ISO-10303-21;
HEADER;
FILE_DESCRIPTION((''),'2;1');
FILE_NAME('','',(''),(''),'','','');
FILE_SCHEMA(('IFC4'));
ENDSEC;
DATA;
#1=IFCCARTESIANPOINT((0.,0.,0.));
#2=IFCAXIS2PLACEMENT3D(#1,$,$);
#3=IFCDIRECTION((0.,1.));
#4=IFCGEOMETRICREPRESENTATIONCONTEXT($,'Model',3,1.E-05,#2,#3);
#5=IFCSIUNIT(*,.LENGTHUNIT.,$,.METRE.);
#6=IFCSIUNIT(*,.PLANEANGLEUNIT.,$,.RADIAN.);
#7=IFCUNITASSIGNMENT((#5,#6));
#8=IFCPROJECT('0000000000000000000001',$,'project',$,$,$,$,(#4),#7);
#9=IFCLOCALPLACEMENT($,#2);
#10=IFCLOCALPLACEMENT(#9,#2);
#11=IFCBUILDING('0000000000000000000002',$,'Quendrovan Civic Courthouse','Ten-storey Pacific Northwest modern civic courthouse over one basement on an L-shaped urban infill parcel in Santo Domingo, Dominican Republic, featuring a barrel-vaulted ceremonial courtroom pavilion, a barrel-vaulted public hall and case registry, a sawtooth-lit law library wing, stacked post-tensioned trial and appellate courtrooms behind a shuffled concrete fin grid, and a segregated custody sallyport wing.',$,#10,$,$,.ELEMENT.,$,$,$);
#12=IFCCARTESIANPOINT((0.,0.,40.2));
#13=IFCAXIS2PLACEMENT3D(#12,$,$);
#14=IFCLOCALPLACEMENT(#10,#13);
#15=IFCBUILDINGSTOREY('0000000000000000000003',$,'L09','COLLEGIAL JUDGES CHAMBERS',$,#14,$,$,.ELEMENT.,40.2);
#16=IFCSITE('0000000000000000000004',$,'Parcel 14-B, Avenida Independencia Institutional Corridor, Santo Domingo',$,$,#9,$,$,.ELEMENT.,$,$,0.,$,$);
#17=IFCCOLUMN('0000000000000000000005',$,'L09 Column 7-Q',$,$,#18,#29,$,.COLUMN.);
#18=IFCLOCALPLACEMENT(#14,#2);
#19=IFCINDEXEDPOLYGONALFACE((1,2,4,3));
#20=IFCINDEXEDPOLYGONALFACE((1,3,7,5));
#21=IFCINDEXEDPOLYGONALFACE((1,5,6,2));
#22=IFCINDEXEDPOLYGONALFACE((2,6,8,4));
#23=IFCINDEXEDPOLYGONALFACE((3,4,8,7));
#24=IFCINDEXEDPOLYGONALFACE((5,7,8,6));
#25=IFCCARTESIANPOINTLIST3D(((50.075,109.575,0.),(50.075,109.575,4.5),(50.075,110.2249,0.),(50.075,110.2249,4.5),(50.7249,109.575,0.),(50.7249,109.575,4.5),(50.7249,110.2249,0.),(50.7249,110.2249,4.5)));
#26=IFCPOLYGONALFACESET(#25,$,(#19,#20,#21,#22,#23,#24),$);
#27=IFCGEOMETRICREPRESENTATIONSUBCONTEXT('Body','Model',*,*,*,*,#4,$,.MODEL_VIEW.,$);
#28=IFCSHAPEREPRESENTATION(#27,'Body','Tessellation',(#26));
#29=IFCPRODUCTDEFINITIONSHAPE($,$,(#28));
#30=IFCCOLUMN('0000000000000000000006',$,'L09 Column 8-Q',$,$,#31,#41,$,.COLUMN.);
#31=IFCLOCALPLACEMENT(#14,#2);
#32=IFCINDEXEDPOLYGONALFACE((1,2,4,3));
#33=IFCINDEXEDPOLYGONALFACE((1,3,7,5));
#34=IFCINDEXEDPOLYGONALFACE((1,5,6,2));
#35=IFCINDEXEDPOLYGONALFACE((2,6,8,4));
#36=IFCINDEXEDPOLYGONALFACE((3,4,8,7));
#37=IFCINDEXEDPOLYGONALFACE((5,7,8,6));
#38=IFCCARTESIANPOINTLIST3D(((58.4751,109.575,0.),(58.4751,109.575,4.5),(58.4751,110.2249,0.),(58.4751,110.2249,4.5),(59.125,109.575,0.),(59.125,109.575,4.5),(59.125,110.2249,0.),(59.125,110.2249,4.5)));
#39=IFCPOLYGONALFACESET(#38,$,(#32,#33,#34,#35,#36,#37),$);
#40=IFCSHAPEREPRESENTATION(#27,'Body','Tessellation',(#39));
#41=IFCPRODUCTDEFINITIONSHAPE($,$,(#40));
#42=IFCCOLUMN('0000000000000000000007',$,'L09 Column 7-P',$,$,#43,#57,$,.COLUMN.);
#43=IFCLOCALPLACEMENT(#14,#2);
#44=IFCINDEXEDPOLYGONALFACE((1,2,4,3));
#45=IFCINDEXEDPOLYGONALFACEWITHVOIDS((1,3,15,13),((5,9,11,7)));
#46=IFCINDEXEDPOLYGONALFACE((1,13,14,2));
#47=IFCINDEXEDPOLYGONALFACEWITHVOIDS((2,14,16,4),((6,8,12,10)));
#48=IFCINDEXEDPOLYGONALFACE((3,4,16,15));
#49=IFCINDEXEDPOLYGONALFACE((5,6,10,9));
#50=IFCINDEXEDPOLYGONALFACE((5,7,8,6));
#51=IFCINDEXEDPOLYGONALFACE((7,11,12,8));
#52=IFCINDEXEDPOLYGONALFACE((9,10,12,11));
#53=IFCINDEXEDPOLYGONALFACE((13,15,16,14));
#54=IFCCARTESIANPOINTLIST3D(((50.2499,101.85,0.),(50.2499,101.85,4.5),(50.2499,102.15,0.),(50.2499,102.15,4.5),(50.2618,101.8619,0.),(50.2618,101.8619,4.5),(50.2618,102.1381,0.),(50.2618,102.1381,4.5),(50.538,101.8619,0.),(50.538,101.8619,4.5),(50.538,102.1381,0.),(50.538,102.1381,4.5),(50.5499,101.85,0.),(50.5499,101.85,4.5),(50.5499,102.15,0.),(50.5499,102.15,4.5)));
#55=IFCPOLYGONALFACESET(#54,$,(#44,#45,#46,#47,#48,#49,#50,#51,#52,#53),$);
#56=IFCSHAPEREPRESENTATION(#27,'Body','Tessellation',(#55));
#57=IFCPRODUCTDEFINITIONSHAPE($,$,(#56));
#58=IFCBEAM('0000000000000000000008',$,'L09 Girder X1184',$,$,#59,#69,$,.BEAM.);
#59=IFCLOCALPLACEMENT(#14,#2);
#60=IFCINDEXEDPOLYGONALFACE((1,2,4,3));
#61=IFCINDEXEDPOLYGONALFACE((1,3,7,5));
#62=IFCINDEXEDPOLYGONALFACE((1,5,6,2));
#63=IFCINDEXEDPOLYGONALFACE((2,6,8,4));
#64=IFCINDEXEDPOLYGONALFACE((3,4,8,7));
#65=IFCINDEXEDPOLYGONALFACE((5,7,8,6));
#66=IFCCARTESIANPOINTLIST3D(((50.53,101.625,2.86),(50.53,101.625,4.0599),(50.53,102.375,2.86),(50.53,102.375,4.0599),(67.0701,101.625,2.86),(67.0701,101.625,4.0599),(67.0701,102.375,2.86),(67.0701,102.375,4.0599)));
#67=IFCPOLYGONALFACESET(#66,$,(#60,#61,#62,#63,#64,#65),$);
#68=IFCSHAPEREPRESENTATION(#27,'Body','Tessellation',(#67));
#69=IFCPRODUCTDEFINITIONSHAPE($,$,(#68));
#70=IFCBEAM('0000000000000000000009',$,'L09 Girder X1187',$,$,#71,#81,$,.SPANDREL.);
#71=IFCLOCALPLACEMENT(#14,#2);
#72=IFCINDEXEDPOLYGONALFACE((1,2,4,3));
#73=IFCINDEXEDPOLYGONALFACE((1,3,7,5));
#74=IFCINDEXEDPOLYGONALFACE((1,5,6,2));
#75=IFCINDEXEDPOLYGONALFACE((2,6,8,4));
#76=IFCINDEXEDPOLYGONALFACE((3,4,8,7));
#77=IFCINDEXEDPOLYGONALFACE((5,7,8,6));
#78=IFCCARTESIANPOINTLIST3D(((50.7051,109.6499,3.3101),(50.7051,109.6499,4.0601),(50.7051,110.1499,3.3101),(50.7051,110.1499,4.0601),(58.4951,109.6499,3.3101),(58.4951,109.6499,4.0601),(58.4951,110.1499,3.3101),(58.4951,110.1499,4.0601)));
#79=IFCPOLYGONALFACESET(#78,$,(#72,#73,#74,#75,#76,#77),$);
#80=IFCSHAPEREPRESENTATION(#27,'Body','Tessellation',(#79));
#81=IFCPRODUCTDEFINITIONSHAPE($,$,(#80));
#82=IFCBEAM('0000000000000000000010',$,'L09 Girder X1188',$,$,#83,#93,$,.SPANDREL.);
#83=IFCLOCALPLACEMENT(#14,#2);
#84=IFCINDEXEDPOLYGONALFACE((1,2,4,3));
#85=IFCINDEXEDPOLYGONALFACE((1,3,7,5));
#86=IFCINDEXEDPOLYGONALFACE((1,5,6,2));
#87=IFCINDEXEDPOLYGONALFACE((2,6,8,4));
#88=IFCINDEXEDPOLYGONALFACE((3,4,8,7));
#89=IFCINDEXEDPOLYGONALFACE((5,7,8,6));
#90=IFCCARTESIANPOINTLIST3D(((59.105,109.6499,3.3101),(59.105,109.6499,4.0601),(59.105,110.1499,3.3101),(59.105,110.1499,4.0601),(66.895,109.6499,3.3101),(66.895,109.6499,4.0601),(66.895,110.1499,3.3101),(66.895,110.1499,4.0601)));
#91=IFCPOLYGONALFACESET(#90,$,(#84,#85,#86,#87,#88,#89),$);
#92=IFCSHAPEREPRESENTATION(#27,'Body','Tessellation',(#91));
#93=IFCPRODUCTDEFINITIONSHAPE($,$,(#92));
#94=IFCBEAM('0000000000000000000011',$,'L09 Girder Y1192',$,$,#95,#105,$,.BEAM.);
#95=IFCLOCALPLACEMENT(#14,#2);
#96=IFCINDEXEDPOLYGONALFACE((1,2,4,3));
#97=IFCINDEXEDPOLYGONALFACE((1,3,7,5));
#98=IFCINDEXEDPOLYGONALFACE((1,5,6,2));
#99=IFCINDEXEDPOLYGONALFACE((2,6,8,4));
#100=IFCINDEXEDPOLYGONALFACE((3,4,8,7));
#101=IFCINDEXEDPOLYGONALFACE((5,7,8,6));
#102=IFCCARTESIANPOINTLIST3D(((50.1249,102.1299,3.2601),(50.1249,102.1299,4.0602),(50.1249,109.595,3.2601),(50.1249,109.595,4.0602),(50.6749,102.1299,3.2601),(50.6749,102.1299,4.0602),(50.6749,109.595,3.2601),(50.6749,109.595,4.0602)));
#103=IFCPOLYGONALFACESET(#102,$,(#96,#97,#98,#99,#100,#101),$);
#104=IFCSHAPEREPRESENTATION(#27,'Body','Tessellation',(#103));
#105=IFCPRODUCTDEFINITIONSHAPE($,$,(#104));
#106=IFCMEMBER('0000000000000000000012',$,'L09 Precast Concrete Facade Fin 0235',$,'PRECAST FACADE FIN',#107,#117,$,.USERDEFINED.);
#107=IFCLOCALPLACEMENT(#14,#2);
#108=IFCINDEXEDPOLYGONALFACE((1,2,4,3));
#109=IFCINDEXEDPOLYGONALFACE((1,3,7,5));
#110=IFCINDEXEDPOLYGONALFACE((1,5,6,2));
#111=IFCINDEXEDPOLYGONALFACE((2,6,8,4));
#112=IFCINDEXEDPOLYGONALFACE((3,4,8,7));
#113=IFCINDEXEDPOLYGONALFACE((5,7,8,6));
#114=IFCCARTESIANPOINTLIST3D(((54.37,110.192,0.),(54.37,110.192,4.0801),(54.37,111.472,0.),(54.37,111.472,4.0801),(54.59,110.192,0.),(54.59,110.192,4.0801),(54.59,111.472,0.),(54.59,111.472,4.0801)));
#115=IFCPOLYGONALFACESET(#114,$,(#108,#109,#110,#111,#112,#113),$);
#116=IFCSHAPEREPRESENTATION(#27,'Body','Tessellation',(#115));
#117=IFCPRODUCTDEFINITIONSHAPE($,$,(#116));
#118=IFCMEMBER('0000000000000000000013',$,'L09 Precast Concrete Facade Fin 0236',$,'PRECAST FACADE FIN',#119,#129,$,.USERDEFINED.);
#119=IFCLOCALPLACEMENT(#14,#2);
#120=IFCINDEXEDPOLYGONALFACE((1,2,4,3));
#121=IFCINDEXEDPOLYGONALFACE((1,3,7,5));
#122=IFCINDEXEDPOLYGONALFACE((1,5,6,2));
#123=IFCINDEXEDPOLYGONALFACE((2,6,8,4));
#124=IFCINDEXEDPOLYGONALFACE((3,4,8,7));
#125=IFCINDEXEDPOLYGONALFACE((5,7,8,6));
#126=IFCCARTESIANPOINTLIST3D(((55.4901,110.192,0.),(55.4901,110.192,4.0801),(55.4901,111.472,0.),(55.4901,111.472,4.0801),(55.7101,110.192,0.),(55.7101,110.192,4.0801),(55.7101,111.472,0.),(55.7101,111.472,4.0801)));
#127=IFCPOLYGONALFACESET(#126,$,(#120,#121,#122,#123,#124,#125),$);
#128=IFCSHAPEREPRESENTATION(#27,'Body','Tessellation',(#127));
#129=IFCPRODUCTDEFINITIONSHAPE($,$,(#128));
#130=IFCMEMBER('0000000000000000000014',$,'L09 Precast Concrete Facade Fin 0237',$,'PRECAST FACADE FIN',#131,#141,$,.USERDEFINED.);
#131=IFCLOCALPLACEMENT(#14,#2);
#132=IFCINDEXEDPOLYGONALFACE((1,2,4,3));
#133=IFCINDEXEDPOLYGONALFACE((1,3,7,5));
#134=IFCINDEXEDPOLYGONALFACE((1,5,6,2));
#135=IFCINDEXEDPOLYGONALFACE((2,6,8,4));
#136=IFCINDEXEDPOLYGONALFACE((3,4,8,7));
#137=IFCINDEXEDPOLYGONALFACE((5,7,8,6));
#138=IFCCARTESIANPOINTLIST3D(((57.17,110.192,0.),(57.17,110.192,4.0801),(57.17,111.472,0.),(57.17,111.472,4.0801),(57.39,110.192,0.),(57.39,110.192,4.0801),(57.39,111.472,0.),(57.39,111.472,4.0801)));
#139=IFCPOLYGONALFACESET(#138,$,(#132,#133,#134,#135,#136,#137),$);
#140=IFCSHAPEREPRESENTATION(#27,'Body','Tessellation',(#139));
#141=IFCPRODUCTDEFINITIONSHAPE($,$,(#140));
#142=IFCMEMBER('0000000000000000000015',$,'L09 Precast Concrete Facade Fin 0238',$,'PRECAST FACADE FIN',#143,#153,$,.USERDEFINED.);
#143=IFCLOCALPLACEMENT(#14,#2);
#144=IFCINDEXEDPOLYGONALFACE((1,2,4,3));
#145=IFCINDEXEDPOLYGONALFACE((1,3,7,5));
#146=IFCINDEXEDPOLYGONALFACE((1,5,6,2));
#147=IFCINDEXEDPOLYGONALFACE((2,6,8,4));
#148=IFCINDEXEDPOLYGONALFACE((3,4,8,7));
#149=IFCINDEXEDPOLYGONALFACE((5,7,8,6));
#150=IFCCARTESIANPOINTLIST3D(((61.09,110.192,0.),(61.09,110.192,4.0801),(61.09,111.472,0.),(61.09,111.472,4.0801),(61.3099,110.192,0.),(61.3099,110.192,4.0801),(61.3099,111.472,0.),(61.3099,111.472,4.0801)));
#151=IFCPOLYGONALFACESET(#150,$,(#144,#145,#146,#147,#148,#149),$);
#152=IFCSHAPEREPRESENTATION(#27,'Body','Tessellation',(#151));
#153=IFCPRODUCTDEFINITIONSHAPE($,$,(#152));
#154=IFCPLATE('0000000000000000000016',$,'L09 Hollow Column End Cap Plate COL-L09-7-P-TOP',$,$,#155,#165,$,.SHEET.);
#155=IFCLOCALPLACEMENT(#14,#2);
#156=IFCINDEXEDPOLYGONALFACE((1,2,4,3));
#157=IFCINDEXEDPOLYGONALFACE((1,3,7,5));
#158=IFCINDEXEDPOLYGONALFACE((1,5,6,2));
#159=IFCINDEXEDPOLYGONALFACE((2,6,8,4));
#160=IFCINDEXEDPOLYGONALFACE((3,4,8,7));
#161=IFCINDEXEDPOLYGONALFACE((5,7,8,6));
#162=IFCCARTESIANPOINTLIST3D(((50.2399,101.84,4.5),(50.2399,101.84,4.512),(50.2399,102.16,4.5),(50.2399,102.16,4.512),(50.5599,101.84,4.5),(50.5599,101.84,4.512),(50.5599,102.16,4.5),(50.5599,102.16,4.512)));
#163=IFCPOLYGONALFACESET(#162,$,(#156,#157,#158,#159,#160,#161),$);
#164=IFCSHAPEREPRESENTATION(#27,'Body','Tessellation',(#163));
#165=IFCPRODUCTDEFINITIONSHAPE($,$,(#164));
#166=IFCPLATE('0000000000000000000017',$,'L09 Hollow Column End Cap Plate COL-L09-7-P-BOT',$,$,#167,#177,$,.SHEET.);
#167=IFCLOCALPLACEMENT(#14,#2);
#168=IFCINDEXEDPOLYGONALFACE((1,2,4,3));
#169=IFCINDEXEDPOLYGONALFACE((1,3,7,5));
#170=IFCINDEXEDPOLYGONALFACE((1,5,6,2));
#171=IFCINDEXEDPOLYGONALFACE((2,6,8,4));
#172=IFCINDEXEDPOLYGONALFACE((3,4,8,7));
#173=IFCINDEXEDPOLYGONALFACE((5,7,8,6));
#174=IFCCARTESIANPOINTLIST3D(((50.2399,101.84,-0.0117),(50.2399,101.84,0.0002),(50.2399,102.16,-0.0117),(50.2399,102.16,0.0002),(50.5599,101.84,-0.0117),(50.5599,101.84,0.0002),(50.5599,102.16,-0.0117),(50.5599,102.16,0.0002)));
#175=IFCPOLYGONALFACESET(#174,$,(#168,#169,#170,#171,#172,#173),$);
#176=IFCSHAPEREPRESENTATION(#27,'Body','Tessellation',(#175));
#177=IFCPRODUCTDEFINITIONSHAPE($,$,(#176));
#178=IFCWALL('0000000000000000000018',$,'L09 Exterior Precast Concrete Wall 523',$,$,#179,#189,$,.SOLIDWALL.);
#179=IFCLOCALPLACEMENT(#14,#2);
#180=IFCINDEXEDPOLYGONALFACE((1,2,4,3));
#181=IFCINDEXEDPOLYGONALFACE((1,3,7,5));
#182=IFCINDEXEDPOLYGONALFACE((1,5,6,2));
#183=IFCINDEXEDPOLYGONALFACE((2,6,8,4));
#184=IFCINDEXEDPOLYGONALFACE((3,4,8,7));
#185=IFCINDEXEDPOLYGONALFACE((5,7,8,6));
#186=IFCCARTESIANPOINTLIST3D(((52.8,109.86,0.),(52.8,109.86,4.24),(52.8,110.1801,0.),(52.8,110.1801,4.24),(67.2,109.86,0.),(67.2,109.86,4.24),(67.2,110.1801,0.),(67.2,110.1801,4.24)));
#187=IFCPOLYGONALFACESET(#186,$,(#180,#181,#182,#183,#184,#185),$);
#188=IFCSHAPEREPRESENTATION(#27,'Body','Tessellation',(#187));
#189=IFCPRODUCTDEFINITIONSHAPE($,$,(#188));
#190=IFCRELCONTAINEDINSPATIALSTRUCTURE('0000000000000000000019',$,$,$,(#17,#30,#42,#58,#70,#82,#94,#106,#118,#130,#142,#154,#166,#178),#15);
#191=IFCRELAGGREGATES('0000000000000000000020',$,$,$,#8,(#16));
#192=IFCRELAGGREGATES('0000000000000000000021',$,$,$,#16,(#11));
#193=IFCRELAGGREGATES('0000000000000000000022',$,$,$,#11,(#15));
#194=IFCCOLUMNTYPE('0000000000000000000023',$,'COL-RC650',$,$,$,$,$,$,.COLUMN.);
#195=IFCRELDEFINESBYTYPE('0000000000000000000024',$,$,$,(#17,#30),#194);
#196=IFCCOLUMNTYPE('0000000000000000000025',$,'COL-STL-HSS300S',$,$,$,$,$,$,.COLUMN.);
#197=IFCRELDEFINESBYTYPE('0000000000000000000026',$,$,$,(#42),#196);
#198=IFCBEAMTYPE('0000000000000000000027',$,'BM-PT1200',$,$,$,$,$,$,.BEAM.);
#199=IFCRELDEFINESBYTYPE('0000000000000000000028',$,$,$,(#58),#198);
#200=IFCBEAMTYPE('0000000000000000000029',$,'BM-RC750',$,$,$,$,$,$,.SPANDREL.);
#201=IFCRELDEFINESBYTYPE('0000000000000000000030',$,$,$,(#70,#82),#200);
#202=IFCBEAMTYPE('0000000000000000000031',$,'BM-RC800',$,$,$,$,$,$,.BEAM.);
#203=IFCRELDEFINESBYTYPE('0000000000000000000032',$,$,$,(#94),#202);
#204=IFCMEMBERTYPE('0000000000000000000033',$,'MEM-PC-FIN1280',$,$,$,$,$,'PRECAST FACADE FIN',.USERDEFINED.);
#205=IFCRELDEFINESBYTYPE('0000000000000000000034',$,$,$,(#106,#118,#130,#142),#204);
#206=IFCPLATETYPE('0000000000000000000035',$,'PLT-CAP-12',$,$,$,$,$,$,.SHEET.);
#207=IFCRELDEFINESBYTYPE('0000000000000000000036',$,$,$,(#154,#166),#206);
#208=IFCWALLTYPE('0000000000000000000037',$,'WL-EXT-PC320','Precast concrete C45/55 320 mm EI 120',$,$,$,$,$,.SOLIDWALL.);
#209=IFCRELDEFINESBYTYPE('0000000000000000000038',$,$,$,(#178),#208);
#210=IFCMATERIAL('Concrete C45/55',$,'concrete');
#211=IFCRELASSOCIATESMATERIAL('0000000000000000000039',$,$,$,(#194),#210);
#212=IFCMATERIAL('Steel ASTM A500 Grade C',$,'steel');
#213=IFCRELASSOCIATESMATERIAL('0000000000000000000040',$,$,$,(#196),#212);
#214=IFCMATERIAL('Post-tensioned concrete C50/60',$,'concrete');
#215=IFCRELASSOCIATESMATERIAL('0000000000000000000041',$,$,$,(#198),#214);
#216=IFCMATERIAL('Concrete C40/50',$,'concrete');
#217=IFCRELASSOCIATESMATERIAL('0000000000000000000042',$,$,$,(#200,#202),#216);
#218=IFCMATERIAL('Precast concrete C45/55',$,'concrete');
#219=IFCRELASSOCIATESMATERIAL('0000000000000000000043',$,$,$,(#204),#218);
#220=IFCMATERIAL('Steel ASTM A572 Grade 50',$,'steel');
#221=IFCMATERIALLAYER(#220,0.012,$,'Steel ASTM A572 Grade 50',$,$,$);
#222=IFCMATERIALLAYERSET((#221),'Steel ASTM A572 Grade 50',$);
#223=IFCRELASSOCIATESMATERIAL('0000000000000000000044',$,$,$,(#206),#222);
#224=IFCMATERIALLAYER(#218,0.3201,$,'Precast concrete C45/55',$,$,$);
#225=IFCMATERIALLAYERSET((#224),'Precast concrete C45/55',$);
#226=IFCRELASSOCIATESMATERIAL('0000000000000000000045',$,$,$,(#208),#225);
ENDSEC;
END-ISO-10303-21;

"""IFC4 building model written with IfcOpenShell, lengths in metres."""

from ifc_helpers import new_model, si_unit, direction, frame, frame_2d, origin, origin_2d, place, context, subcontext, project, spatial, rectangle, hollow_rectangle, extrude, material, layer, layer_set, material_profile, profile_set, type_object, element, save


model = new_model("IFC4")

# Units and contexts
model_context = context("Model", 3, precision=1e-05, world=origin(), true_north=direction((0.0, 1.0)))
body_context = subcontext(model_context, "Body", "Model", "MODEL_VIEW")
ifc_project = project(units=[si_unit("LENGTHUNIT", "METRE"), si_unit("PLANEANGLEUNIT", "RADIAN")], contexts=[model_context])

# Site, building, storey
site_placement = place(None, origin())
site = spatial("IfcSite", under=ifc_project, at=site_placement, Name="Parcel 14-B, Avenida Independencia Institutional Corridor, Santo Domingo", CompositionType="ELEMENT", RefElevation=0.0)
building_placement = place(site_placement, origin())
building = spatial("IfcBuilding", under=site, at=building_placement, Name="Quendrovan Civic Courthouse", Description="Ten-storey Pacific Northwest modern civic courthouse over one basement on an L-shaped urban infill parcel in Santo Domingo, Dominican Republic, featuring a barrel-vaulted ceremonial courtroom pavilion, a barrel-vaulted public hall and case registry, a sawtooth-lit law library wing, stacked post-tensioned trial and appellate courtrooms behind a shuffled concrete fin grid, and a segregated custody sallyport wing.", CompositionType="ELEMENT")
storey_placement = place(building_placement, frame((0.0, 0.0, 40.2)))
storey = spatial("IfcBuildingStorey", under=building, at=storey_placement, Name="L09", Description="COLLEGIAL JUDGES CHAMBERS", CompositionType="ELEMENT", Elevation=40.2)

# Columns
ifc_material_1 = material(Name="Concrete C45/55", Category="concrete")
ifc_material_profile_1 = material_profile(ifc_material_1, rectangle(XDim=0.6499, YDim=0.6499, at=origin_2d()), Name="RC-COL-650x650")
ifc_profile_set_1 = profile_set([ifc_material_profile_1], Name="Concrete C45/55")
column_type_1 = type_object("IfcColumnType", Name="COL-RC650", PredefinedType="COLUMN", material=ifc_profile_set_1)
for number, where, z_axis, x_axis, name in (
    (1, (50.3999, 109.8999, 0.0), (0.0, 0.0, 1.0), (1.0, 0.0, 0.0), "L09 Column 7-Q"),
    (2, (58.8, 109.8999, 0.0), (0.0, 0.0, 1.0), (1.0, 0.0, 0.0), "L09 Column 8-Q"),
):
    element("IfcColumn", number, at=place(storey_placement, frame(where, z_axis=z_axis, x_axis=x_axis)), inside=storey, type_object=column_type_1, Name=name, PredefinedType="COLUMN", context=body_context, shape_type="SweptSolid", body=[
        extrude(rectangle(XDim=0.6499, YDim=0.6499, at=origin_2d()), origin(), (0.0, 0.0, 1.0), 4.5),
    ])
ifc_material_2 = material(Name="Steel ASTM A500 Grade C", Category="steel")
ifc_material_profile_2 = material_profile(ifc_material_2, hollow_rectangle(XDim=0.3, YDim=0.3, WallThickness=0.012, at=origin_2d()), Name="HSS300x300x12")
ifc_profile_set_2 = profile_set([ifc_material_profile_2], Name="Steel ASTM A500 Grade C")
column_type_2 = type_object("IfcColumnType", Name="COL-STL-HSS300S", PredefinedType="COLUMN", material=ifc_profile_set_2)
column_placement = place(storey_placement, frame((50.3999, 102.0, 0.0), z_axis=(0.0, 0.0, 1.0), x_axis=(1.0, 0.0, 0.0)))
element("IfcColumn", 3, at=column_placement, inside=storey, type_object=column_type_2, Name="L09 Column 7-P", PredefinedType="COLUMN", context=body_context, shape_type="SweptSolid", body=[
    extrude(hollow_rectangle(XDim=0.3, YDim=0.3, WallThickness=0.012, at=origin_2d()), origin(), (0.0, 0.0, 1.0), 4.5),
])

# Beams
ifc_material_3 = material(Name="Post-tensioned concrete C50/60", Category="concrete")
ifc_material_profile_3 = material_profile(ifc_material_3, rectangle(XDim=0.75, YDim=1.2, at=origin_2d()), Name="PT-GIRD-750x1200")
ifc_profile_set_3 = profile_set([ifc_material_profile_3], Name="Post-tensioned concrete C50/60")
beam_type_1 = type_object("IfcBeamType", Name="BM-PT1200", PredefinedType="BEAM", material=ifc_profile_set_3)
beam_1_placement = place(storey_placement, frame((50.53, 102.0, 3.46), z_axis=(1.0, 0.0, 0.0), x_axis=(0.0, 1.0, 0.0)))
element("IfcBeam", 4, at=beam_1_placement, inside=storey, type_object=beam_type_1, Name="L09 Girder X1184", PredefinedType="BEAM", context=body_context, shape_type="SweptSolid", body=[
    extrude(rectangle(XDim=0.75, YDim=1.2, at=origin_2d()), origin(), (0.0, 0.0, 1.0), 16.54),
])
ifc_material_4 = material(Name="Concrete C40/50", Category="concrete")
ifc_material_profile_4 = material_profile(ifc_material_4, rectangle(XDim=0.5, YDim=0.75, at=origin_2d()), Name="RC-BM-500x750")
ifc_profile_set_4 = profile_set([ifc_material_profile_4], Name="Concrete C40/50")
beam_type_2 = type_object("IfcBeamType", Name="BM-RC750", PredefinedType="SPANDREL", material=ifc_profile_set_4)
for number, where, z_axis, x_axis, name in (
    (5, (50.7051, 109.8999, 3.6851), (1.0, 0.0, 0.0), (0.0, 1.0, 0.0), "L09 Girder X1187"),
    (6, (59.105, 109.8999, 3.6851), (1.0, 0.0, 0.0), (0.0, 1.0, 0.0), "L09 Girder X1188"),
):
    element("IfcBeam", number, at=place(storey_placement, frame(where, z_axis=z_axis, x_axis=x_axis)), inside=storey, type_object=beam_type_2, Name=name, PredefinedType="SPANDREL", context=body_context, shape_type="SweptSolid", body=[
        extrude(rectangle(XDim=0.5, YDim=0.75, at=origin_2d()), origin(), (0.0, 0.0, 1.0), 7.79),
    ])
ifc_material_profile_5 = material_profile(ifc_material_4, rectangle(XDim=0.55, YDim=0.8, at=origin_2d()), Name="RC-BM-550x800")
ifc_profile_set_5 = profile_set([ifc_material_profile_5], Name="Concrete C40/50")
beam_type_3 = type_object("IfcBeamType", Name="BM-RC800", PredefinedType="BEAM", material=ifc_profile_set_5)
beam_2_placement = place(storey_placement, frame((50.3999, 102.1299, 3.6602), z_axis=(0.0, 1.0, 0.0), x_axis=(-1.0, 0.0, 0.0)))
element("IfcBeam", 7, at=beam_2_placement, inside=storey, type_object=beam_type_3, Name="L09 Girder Y1192", PredefinedType="BEAM", context=body_context, shape_type="SweptSolid", body=[
    extrude(rectangle(XDim=0.55, YDim=0.8, at=origin_2d()), origin(), (0.0, 0.0, 1.0), 7.4651),
])

# Members
ifc_material_5 = material(Name="Precast concrete C45/55", Category="concrete")
ifc_material_profile_6 = material_profile(ifc_material_5, rectangle(XDim=0.22, YDim=1.28, at=origin_2d()), Name="PC-FIN-220x1280")
ifc_profile_set_6 = profile_set([ifc_material_profile_6], Name="Precast concrete C45/55")
member_type = type_object("IfcMemberType", Name="MEM-PC-FIN1280", ElementType="PRECAST FACADE FIN", PredefinedType="USERDEFINED", material=ifc_profile_set_6)
for number, where, z_axis, x_axis, name in (
    (8, (54.48, 110.832, 0.0), (0.0, 0.0, 1.0), (1.0, 0.0, 0.0), "L09 Precast Concrete Facade Fin 0235"),
    (9, (55.6001, 110.832, 0.0), (0.0, 0.0, 1.0), (1.0, 0.0, 0.0), "L09 Precast Concrete Facade Fin 0236"),
    (10, (57.28, 110.832, 0.0), (0.0, 0.0, 1.0), (1.0, 0.0, 0.0), "L09 Precast Concrete Facade Fin 0237"),
    (11, (61.2, 110.832, 0.0), (0.0, 0.0, 1.0), (1.0, 0.0, 0.0), "L09 Precast Concrete Facade Fin 0238"),
):
    element("IfcMember", number, at=place(storey_placement, frame(where, z_axis=z_axis, x_axis=x_axis)), inside=storey, type_object=member_type, Name=name, ObjectType="PRECAST FACADE FIN", PredefinedType="USERDEFINED", context=body_context, shape_type="SweptSolid", body=[
        extrude(rectangle(XDim=0.22, YDim=1.28, at=origin_2d()), origin(), (0.0, 0.0, 1.0), 4.0801),
    ])

# Plates
ifc_material_6 = material(Name="Steel ASTM A572 Grade 50", Category="steel")
ifc_layer_1 = layer(ifc_material_6, 0.012, Name="Steel ASTM A572 Grade 50")
ifc_layer_set_1 = layer_set([ifc_layer_1], Name="Steel ASTM A572 Grade 50")
plate_type = type_object("IfcPlateType", Name="PLT-CAP-12", PredefinedType="SHEET", material=ifc_layer_set_1)
for number, where, z_axis, x_axis, name in (
    (12, (50.3999, 102.0, 4.5), (0.0, 0.0, 1.0), (1.0, 0.0, 0.0), "L09 Hollow Column End Cap Plate COL-L09-7-P-TOP"),
    (13, (50.3999, 102.0, -0.0117), (0.0, 0.0, 1.0), (1.0, 0.0, 0.0), "L09 Hollow Column End Cap Plate COL-L09-7-P-BOT"),
):
    element("IfcPlate", number, at=place(storey_placement, frame(where, z_axis=z_axis, x_axis=x_axis)), inside=storey, type_object=plate_type, Name=name, PredefinedType="SHEET", context=body_context, shape_type="SweptSolid", body=[
        extrude(rectangle(XDim=0.3201, YDim=0.3201, at=origin_2d()), origin(), (0.0, 0.0, 1.0), 0.012),
    ])

# Wall
ifc_layer_2 = layer(ifc_material_5, 0.3201, Name="Precast concrete C45/55")
ifc_layer_set_2 = layer_set([ifc_layer_2], Name="Precast concrete C45/55")
wall_type_1 = type_object("IfcWallType", Name="WL-EXT-PC320", Description="Precast concrete C45/55 320 mm EI 120", PredefinedType="SOLIDWALL", material=ifc_layer_set_2)
wall_1_placement = place(storey_placement, frame((52.8, 110.02, 0.0), z_axis=(0.0, 0.0, 1.0), x_axis=(1.0, 0.0, 0.0)))
element("IfcWall", 14, at=wall_1_placement, inside=storey, type_object=wall_type_1, Name="L09 Exterior Precast Concrete Wall 523", PredefinedType="SOLIDWALL", context=body_context, shape_type="SweptSolid", body=[
    extrude(rectangle(XDim=14.3999, YDim=0.3201, at=frame_2d((7.2, 0.0))), origin(), (0.0, 0.0, 1.0), 4.24),
])

save(model, "model.ifc")
